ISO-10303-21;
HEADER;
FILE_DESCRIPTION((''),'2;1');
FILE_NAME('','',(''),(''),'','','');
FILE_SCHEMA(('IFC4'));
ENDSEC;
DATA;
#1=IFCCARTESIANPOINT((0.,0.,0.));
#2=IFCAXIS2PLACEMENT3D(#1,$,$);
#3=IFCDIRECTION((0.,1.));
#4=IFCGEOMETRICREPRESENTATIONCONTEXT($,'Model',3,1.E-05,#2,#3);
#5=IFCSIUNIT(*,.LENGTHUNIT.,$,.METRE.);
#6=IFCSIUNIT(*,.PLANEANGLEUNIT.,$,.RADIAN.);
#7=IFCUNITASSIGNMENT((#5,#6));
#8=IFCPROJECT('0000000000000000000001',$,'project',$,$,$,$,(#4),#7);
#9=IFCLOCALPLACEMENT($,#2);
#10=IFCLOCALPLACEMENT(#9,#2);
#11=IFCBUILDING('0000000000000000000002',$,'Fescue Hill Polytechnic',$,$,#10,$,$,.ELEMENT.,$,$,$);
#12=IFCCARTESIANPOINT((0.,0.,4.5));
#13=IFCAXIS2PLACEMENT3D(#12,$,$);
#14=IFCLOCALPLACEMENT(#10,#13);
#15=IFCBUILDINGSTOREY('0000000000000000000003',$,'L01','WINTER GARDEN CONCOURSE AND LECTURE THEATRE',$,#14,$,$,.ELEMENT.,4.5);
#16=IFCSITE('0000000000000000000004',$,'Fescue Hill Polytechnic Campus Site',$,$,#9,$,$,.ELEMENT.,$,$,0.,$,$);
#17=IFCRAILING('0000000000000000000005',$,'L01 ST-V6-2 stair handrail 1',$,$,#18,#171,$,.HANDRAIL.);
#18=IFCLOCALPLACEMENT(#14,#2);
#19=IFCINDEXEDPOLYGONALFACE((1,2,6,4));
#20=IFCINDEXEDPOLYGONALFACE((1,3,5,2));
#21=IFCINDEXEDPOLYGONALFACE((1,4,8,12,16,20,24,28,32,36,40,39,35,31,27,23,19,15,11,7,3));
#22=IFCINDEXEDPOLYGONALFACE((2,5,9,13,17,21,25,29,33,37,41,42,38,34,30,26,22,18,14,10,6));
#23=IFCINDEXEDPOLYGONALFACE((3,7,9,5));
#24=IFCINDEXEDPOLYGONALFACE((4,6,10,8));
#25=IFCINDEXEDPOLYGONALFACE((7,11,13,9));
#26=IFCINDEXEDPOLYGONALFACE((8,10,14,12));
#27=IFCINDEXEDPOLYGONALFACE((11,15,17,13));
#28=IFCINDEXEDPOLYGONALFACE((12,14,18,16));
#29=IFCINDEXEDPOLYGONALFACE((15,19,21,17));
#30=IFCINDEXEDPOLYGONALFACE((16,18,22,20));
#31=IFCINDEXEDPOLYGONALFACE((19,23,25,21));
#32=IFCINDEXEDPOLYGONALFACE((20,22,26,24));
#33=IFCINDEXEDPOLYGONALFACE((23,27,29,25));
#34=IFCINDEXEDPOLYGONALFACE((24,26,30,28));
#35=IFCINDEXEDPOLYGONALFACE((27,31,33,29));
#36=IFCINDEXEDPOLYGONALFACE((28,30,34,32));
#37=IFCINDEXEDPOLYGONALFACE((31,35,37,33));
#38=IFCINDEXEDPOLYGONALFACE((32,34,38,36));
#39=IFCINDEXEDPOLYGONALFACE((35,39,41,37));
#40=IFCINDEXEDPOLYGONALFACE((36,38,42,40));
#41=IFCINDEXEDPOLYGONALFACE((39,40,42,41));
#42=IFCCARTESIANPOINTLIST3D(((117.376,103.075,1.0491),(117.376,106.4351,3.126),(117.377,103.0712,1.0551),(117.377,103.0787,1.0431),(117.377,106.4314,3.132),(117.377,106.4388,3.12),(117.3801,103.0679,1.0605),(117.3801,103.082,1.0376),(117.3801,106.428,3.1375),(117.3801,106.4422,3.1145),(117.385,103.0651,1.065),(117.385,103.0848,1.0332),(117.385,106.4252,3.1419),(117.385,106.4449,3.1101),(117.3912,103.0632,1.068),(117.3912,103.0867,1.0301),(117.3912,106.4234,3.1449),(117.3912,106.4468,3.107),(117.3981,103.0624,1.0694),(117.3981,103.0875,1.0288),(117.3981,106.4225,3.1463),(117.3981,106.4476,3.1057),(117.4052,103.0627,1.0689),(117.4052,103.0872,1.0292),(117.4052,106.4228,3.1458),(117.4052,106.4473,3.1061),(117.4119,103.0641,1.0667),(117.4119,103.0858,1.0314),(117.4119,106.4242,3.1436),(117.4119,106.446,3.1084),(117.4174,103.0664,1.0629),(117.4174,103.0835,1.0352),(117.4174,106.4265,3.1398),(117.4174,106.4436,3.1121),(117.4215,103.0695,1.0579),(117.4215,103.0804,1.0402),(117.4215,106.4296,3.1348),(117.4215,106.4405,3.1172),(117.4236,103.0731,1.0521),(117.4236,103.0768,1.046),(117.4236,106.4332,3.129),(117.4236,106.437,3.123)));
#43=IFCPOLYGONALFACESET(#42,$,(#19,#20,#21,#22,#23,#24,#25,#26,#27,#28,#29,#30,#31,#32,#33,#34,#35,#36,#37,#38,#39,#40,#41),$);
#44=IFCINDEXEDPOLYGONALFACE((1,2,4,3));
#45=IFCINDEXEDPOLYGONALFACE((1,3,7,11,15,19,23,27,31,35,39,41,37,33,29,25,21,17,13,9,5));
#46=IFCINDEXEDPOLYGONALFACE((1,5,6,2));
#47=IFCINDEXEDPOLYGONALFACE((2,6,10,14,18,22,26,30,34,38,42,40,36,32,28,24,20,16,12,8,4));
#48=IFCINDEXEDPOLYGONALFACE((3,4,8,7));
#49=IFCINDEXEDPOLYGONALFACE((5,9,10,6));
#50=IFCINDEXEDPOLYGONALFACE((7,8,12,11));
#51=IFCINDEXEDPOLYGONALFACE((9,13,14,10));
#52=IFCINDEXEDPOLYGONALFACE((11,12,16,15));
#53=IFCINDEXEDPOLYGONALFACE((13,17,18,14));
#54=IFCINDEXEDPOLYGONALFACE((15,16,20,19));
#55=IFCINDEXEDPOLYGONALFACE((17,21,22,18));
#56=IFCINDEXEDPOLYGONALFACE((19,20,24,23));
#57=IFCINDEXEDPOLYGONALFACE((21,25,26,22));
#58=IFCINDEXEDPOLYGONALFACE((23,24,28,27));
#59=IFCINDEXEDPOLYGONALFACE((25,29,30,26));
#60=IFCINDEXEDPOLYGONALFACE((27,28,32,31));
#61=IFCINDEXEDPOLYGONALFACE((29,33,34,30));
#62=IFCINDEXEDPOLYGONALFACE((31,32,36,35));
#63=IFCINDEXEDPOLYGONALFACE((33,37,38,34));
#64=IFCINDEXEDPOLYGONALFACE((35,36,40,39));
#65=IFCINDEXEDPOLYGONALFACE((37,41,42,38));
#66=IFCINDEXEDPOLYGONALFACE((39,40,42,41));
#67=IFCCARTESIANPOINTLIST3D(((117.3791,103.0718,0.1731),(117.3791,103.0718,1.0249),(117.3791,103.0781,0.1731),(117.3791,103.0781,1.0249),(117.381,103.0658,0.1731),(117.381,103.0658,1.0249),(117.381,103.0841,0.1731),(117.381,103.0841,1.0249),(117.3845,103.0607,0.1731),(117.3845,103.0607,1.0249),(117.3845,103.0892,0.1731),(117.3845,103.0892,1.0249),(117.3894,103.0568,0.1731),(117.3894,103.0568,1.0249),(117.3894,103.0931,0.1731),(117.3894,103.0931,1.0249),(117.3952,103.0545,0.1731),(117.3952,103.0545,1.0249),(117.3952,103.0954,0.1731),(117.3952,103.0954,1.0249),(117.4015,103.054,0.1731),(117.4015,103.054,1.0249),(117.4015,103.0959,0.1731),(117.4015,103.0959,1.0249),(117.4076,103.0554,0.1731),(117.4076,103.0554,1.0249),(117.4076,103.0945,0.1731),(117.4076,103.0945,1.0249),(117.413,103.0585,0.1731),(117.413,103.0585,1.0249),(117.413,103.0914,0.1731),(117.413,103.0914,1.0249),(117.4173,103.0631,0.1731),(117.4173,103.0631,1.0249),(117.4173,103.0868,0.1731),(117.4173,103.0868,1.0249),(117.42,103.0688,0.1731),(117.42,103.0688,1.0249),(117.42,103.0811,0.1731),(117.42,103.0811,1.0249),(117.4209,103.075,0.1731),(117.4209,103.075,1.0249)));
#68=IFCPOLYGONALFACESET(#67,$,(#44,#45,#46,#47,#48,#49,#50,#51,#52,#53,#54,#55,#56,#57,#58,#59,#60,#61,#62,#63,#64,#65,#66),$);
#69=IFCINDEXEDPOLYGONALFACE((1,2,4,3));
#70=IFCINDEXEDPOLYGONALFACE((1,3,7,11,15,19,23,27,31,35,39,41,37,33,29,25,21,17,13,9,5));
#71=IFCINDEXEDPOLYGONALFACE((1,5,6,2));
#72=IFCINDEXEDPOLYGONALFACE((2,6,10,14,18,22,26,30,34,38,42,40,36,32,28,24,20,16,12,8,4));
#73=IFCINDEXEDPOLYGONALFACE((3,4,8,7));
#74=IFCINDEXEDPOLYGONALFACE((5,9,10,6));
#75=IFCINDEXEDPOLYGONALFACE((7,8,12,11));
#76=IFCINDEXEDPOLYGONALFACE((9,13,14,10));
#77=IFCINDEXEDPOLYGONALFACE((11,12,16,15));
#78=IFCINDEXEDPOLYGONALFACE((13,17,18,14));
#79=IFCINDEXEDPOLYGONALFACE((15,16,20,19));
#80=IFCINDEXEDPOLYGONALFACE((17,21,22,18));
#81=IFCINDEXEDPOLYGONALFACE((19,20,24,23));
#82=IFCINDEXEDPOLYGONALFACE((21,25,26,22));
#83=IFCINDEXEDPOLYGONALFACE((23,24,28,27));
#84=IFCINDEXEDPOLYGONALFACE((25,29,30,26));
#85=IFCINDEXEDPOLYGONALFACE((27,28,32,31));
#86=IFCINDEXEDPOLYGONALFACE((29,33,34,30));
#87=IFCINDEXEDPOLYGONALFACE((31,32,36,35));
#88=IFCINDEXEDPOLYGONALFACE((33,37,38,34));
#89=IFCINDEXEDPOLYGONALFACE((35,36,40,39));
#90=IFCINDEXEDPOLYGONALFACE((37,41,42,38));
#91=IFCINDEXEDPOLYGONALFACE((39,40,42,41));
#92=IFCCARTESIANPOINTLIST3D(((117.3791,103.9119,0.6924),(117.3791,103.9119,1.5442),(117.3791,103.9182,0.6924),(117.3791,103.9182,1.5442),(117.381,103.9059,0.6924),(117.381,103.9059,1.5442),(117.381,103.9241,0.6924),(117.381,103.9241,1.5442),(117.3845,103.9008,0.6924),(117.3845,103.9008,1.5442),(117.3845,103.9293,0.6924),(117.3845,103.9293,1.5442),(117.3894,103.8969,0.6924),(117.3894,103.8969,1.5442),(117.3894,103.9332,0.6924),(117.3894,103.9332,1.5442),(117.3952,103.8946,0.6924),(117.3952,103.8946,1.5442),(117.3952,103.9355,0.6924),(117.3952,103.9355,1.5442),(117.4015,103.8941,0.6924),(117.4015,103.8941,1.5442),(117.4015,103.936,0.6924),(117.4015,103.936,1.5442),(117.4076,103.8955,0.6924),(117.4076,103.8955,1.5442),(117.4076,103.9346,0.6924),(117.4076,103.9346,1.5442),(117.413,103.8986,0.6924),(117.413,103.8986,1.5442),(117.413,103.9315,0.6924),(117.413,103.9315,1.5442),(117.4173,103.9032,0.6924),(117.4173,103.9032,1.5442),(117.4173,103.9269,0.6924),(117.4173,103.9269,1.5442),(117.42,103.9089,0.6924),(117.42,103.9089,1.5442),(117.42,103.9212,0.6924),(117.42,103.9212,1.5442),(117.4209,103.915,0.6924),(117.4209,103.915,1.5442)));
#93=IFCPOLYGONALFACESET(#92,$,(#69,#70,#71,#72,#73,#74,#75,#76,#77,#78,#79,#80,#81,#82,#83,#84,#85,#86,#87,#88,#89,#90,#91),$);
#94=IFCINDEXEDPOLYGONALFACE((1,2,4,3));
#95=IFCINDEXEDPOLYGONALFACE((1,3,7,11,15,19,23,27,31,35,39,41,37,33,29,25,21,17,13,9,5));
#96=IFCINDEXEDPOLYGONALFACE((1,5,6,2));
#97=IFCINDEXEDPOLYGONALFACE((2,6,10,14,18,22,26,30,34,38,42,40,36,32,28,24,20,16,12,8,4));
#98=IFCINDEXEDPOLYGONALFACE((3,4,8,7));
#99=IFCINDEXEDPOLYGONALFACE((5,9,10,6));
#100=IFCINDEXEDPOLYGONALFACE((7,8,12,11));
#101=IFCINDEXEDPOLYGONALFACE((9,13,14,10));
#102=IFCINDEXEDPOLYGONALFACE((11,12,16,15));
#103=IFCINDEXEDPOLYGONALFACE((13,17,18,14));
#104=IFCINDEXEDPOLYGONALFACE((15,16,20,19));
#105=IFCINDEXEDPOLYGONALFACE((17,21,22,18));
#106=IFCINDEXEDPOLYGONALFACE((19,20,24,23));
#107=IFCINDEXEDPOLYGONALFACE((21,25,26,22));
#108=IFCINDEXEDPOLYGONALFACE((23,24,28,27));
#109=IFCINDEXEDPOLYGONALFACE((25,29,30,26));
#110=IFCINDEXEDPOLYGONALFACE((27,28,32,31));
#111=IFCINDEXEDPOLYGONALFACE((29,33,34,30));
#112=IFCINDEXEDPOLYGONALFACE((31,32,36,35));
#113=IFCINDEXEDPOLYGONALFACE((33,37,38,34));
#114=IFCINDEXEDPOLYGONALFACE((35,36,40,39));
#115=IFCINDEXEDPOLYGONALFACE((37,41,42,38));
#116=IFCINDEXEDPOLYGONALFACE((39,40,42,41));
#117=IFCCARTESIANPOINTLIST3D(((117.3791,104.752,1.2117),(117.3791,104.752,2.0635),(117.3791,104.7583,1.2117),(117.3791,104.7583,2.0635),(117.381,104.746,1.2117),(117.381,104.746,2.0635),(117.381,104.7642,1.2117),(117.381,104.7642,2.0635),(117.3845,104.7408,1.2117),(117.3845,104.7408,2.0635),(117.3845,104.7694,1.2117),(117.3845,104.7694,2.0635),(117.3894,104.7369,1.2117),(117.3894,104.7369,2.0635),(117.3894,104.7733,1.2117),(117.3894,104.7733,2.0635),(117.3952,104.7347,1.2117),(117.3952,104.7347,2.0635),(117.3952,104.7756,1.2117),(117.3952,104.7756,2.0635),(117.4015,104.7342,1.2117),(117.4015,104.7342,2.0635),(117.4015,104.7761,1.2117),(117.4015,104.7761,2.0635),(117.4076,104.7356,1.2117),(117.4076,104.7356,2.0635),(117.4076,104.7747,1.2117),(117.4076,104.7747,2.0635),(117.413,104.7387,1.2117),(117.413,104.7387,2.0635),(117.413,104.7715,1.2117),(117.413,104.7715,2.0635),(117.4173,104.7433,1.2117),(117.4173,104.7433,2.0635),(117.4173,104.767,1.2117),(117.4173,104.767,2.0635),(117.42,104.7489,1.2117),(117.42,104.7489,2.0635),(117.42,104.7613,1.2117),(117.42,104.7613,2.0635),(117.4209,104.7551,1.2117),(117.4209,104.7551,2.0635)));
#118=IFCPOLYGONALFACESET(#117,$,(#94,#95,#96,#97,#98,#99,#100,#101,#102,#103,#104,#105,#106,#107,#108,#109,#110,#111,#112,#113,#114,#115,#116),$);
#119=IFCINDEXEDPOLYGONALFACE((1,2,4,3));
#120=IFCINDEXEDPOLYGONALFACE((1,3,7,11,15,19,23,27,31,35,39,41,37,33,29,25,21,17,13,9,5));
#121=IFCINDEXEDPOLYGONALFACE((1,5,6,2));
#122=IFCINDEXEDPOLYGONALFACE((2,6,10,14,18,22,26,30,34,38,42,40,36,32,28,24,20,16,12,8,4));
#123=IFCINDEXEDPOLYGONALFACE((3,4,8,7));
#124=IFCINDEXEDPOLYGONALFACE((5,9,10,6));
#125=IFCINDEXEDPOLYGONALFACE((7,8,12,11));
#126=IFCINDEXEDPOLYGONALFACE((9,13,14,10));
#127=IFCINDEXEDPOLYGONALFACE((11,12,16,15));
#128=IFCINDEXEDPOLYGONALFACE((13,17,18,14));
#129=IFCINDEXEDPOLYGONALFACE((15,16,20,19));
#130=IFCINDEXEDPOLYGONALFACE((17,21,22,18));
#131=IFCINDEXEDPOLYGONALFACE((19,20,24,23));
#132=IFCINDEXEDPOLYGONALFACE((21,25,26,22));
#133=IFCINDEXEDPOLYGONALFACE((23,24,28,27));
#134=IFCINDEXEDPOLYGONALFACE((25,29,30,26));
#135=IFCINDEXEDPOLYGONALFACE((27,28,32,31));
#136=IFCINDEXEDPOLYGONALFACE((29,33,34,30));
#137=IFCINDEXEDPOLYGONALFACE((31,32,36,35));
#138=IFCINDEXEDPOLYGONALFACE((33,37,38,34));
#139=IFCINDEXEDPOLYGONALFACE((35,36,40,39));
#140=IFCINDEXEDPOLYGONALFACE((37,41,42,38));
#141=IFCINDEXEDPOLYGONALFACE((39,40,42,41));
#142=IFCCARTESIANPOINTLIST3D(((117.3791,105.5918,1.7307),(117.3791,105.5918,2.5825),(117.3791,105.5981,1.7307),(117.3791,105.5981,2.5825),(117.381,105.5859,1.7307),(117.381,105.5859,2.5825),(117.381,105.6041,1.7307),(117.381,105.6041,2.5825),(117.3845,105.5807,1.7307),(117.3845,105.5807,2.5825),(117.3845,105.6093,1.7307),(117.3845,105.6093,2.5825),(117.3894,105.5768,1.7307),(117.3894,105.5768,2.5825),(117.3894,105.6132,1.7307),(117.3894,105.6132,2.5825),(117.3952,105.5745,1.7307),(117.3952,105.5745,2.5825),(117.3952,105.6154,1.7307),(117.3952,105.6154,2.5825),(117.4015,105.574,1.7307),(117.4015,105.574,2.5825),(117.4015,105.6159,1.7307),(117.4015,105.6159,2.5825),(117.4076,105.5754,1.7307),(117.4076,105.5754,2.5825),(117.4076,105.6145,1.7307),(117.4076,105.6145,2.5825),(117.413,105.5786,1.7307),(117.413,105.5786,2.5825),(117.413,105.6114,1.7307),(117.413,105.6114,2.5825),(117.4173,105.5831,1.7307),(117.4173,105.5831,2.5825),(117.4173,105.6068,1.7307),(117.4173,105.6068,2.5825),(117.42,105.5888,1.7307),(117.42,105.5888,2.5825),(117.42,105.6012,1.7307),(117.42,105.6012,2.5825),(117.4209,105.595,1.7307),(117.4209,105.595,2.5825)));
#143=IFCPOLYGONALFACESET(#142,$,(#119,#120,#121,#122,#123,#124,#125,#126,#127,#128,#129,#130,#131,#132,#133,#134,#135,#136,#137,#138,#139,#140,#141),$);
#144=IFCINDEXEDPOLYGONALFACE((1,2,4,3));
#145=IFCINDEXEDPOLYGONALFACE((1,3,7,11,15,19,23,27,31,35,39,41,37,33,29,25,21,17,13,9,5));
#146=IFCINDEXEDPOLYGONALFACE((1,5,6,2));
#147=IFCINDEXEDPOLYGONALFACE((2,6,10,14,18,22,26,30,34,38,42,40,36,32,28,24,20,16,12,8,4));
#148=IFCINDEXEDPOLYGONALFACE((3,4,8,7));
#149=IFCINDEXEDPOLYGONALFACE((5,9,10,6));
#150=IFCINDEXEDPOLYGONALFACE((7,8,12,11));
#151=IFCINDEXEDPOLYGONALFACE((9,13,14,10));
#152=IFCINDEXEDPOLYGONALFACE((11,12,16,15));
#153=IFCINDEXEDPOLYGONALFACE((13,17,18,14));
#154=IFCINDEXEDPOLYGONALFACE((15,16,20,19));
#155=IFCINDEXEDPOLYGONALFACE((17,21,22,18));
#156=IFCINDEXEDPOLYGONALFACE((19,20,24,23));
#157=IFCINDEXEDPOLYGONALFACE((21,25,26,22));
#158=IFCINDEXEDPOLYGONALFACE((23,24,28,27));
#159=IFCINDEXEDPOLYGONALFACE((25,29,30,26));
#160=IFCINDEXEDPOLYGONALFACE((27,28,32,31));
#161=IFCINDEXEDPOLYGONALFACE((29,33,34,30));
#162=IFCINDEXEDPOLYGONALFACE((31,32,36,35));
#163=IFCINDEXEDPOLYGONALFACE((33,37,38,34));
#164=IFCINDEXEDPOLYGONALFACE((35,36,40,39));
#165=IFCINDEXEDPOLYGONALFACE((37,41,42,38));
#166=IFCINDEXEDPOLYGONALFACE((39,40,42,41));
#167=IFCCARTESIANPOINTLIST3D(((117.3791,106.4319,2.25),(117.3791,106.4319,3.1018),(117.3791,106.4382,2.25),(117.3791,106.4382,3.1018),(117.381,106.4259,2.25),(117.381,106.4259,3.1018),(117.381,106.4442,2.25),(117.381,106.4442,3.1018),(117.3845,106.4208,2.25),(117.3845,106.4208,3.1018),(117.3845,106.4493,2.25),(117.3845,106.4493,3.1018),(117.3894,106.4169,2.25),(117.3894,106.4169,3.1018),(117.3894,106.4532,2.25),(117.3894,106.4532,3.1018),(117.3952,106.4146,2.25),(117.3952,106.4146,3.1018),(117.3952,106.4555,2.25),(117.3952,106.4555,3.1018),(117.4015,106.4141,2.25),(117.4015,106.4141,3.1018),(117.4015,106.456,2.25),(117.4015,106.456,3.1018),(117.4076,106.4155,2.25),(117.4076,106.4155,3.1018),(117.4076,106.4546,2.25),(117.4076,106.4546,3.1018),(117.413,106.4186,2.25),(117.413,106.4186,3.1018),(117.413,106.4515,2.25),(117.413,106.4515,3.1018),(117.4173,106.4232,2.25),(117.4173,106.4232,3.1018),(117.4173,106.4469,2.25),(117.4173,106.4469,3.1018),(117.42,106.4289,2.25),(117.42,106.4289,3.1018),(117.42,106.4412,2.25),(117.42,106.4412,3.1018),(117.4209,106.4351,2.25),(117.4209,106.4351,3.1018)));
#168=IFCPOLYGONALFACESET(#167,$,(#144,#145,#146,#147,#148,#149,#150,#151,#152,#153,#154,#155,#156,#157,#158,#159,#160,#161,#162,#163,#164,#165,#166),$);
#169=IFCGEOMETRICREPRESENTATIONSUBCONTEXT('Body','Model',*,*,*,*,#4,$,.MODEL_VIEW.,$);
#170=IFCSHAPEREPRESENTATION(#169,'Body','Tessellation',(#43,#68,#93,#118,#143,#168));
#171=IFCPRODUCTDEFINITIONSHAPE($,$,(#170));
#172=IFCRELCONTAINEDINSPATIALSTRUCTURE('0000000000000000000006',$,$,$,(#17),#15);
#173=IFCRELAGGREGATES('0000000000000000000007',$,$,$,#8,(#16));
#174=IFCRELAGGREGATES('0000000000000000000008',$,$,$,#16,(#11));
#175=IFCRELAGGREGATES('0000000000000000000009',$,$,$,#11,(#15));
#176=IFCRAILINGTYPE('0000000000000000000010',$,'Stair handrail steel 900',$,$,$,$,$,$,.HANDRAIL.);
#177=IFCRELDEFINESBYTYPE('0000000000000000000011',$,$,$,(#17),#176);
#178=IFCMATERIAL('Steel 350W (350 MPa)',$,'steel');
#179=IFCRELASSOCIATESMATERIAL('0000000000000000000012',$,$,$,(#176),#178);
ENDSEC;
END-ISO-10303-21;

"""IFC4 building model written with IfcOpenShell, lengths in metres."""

from ifc_helpers import new_model, si_unit, direction, frame, origin, origin_2d, place, context, subcontext, project, spatial, circle, extrude, material, type_object, element, save


model = new_model("IFC4")

# Units and contexts
model_context = context("Model", 3, precision=1e-05, world=origin(), true_north=direction((0.0, 1.0)))
body_context = subcontext(model_context, "Body", "Model", "MODEL_VIEW")
ifc_project = project(units=[si_unit("LENGTHUNIT", "METRE"), si_unit("PLANEANGLEUNIT", "RADIAN")], contexts=[model_context])

# Site, building, storey
site_placement = place(None, origin())
site = spatial("IfcSite", under=ifc_project, at=site_placement, Name="Fescue Hill Polytechnic Campus Site", CompositionType="ELEMENT", RefElevation=0.0)
building_placement = place(site_placement, origin())
building = spatial("IfcBuilding", under=site, at=building_placement, Name="Fescue Hill Polytechnic", CompositionType="ELEMENT")
storey_placement = place(building_placement, frame((0.0, 0.0, 4.5)))
storey = spatial("IfcBuildingStorey", under=building, at=storey_placement, Name="L01", Description="WINTER GARDEN CONCOURSE AND LECTURE THEATRE", CompositionType="ELEMENT", Elevation=4.5)

# Railing
ifc_material_1 = material(Name="Steel 350W (350 MPa)", Category="steel")
railing_type_1 = type_object("IfcRailingType", Name="Stair handrail steel 900", PredefinedType="HANDRAIL", material=ifc_material_1)
railing_1_placement = place(storey_placement, frame((117.3999, 103.075, 0.1731)))
element("IfcRailing", 1, at=railing_1_placement, inside=storey, type_object=railing_type_1, Name="L01 ST-V6-2 stair handrail 1", PredefinedType="HANDRAIL", context=body_context, shape_type="SweptSolid", body=[
    extrude(circle(Radius=0.0239, at=origin_2d()), frame((0.0, 0.0, 0.876), z_axis=(0.0, 0.850623, 0.525776), x_axis=(-1.0, 0.0, 0.0)), (0.0, 0.0, 1.0), 3.9502),
    extrude(circle(Radius=0.021, at=origin_2d()), origin(), (0.0, 0.0, 1.0), 0.8518),
    extrude(circle(Radius=0.021, at=origin_2d()), frame((0.0, 0.8401, 0.5193)), (0.0, 0.0, 1.0), 0.8518),
    extrude(circle(Radius=0.021, at=origin_2d()), frame((0.0, 1.6802, 1.0386)), (0.0, 0.0, 1.0), 0.8518),
    extrude(circle(Radius=0.021, at=origin_2d()), frame((0.0, 2.52, 1.5576)), (0.0, 0.0, 1.0), 0.8518),
    extrude(circle(Radius=0.021, at=origin_2d()), frame((0.0, 3.3601, 2.0769)), (0.0, 0.0, 1.0), 0.8518),
])

save(model, "model.ifc")
